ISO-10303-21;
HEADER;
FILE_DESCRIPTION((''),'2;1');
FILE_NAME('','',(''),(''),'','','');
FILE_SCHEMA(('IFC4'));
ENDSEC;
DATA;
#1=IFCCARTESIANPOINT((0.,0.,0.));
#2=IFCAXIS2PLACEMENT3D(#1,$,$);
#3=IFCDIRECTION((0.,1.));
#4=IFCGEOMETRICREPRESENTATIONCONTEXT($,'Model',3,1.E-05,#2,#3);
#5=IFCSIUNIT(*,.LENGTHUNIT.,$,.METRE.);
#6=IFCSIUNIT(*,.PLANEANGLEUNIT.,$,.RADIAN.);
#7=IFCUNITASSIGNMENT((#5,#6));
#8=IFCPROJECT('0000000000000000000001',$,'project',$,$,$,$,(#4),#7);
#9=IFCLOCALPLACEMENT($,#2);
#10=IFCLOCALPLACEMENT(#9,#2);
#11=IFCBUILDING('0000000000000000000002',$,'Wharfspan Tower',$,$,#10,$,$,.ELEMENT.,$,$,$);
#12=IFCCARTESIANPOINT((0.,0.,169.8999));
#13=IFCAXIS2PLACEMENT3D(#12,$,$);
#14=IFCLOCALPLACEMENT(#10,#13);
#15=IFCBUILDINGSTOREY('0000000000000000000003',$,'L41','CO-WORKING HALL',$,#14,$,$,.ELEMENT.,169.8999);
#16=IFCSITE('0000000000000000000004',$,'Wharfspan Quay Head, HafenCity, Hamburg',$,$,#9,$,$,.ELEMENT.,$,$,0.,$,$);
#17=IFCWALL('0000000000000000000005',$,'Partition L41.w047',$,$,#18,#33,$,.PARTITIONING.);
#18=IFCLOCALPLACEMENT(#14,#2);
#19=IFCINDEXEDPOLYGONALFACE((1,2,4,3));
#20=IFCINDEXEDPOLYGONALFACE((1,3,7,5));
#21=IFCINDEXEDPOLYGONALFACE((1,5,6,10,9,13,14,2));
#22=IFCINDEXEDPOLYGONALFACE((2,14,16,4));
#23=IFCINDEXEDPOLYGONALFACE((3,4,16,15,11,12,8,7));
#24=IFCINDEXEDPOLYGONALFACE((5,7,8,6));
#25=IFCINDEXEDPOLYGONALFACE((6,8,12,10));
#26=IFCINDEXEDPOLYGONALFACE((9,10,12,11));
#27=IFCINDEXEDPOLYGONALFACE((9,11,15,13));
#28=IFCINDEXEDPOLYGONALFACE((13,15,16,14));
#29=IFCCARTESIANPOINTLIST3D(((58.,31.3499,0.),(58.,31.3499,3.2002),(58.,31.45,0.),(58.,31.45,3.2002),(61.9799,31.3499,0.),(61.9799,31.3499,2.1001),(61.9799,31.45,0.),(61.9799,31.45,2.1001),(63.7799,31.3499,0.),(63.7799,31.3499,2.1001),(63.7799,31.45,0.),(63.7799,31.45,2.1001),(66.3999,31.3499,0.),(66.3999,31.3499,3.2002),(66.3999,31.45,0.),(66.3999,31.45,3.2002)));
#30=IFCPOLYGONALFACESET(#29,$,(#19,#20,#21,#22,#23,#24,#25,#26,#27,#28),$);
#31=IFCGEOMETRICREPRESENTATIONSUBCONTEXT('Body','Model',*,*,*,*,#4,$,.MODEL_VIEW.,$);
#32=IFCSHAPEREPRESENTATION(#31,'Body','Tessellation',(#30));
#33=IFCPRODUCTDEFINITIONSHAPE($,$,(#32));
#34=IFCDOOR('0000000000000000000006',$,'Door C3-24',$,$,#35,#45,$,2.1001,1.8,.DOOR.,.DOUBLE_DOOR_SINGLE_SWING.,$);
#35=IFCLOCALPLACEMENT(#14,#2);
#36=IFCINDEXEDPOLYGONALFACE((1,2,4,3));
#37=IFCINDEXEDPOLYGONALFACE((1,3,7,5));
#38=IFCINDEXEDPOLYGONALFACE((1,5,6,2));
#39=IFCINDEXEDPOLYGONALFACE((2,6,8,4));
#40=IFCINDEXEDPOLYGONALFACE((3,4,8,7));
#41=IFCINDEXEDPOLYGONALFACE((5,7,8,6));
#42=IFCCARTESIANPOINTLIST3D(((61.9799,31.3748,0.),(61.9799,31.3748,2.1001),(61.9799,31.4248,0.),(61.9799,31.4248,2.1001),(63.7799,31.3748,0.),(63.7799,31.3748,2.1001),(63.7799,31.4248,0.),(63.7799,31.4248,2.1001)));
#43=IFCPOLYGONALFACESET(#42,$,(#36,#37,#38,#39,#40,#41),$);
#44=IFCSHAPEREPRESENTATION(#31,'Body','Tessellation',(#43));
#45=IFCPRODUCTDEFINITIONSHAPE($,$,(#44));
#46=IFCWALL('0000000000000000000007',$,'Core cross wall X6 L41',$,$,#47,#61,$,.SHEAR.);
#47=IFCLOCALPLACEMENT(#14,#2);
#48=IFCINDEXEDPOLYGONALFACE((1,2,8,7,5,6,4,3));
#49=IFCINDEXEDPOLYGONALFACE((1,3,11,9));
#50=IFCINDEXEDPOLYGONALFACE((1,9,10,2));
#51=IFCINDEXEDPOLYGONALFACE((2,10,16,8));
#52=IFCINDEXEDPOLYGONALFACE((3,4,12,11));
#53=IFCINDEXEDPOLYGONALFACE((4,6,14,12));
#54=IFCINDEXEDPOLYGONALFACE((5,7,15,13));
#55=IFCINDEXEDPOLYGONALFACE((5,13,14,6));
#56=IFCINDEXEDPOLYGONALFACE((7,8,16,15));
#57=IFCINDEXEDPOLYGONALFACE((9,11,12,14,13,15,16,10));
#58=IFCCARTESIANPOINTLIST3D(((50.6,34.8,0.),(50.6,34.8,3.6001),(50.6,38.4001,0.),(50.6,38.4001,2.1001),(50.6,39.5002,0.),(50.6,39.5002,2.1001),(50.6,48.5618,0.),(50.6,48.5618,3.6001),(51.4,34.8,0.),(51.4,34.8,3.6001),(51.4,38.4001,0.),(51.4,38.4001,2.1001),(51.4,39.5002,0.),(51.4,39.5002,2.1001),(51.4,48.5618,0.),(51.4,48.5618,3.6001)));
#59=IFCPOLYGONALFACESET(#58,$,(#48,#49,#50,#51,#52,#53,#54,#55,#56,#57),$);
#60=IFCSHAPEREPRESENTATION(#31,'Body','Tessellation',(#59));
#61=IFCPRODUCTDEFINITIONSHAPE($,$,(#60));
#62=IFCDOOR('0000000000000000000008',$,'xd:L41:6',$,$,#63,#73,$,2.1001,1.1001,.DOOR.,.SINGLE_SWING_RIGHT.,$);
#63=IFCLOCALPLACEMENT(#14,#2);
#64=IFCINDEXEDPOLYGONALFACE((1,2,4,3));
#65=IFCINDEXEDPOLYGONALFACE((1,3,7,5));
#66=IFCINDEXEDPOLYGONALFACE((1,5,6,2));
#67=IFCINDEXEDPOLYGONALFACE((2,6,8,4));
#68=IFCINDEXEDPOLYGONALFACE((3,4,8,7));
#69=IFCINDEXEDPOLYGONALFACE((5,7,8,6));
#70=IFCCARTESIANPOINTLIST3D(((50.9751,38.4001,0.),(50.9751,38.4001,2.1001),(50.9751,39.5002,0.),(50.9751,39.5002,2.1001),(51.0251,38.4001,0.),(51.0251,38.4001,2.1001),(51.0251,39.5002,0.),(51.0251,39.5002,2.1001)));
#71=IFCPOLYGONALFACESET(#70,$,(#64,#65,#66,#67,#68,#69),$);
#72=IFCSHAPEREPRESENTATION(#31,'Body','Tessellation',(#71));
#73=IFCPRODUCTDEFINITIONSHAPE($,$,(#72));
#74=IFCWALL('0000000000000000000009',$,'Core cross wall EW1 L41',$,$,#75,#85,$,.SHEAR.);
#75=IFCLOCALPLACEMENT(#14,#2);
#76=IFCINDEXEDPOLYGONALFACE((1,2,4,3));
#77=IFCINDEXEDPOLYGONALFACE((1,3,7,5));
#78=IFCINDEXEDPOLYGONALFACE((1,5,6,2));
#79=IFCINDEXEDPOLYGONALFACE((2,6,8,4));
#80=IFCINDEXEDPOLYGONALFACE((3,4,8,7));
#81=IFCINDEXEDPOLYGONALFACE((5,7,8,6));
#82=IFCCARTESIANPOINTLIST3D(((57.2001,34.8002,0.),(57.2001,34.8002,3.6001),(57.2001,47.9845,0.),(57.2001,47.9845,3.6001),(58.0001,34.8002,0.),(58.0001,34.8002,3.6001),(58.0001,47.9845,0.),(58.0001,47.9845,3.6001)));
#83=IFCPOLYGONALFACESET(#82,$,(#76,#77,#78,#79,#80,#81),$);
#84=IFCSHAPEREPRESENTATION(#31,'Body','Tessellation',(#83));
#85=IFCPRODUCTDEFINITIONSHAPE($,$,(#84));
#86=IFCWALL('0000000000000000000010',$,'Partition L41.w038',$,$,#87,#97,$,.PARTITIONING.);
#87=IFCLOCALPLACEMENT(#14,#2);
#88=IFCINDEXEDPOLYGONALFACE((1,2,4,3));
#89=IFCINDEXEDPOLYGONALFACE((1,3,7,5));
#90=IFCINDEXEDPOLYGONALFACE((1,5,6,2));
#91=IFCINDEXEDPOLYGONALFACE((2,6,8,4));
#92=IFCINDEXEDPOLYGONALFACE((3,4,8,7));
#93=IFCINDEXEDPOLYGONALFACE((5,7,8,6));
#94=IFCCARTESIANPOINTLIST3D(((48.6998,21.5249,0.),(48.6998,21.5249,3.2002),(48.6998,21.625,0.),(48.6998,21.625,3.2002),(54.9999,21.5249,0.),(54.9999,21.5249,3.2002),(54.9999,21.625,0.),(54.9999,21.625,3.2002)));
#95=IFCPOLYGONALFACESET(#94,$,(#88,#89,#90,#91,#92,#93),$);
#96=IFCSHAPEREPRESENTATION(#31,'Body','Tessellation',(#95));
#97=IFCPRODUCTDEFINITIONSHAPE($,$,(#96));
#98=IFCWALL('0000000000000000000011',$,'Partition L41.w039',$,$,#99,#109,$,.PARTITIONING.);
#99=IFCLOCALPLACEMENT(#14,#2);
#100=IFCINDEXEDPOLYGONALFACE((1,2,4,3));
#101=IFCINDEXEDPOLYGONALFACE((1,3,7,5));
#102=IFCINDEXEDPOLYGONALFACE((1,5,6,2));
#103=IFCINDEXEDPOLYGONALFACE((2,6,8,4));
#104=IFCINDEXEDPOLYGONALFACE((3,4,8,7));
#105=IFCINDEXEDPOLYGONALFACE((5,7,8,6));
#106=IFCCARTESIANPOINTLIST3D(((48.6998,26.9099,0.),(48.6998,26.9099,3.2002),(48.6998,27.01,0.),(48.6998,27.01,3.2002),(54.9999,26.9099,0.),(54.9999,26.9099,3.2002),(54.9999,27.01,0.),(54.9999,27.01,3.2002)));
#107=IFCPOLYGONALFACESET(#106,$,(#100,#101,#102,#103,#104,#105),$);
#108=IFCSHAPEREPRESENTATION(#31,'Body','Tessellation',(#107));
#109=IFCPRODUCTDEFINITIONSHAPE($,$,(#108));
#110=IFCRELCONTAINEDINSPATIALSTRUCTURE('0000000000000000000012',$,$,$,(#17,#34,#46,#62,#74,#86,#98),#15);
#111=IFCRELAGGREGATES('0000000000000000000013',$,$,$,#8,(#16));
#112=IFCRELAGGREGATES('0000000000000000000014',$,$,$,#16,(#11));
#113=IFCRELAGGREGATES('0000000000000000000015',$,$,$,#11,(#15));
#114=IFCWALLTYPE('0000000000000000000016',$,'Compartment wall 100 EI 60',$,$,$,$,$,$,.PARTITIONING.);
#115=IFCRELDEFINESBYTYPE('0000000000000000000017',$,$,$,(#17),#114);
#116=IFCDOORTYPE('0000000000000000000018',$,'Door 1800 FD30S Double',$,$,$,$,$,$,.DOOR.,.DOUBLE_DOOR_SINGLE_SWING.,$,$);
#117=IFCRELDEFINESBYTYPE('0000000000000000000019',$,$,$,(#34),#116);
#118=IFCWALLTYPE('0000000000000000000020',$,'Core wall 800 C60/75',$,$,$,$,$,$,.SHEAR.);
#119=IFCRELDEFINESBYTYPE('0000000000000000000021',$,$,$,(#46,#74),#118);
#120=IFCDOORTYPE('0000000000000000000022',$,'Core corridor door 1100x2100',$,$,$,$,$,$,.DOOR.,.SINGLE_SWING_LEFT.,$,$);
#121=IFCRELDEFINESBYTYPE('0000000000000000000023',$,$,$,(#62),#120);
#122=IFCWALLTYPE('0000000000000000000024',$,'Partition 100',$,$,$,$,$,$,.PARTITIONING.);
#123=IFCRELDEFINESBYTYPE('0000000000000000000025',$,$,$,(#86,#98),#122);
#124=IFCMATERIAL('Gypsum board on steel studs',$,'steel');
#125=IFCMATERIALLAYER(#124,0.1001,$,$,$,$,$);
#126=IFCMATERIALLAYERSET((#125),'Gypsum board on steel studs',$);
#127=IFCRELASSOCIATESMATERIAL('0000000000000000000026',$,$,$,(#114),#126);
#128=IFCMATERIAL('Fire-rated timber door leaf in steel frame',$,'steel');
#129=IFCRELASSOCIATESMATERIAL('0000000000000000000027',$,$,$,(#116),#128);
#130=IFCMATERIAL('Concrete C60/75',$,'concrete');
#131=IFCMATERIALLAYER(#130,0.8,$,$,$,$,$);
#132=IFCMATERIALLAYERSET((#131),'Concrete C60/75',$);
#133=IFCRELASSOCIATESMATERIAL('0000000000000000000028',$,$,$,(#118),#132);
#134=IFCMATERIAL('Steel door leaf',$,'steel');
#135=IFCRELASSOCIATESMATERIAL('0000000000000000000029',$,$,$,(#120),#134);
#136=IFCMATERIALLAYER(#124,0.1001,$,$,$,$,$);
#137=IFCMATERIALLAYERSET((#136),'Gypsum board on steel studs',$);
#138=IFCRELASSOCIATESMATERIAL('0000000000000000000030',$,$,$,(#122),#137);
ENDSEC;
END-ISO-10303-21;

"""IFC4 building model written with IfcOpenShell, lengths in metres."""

from ifc_helpers import new_model, si_unit, direction, frame, frame_2d, origin, place, context, subcontext, project, spatial, rectangle, extrude, material, layer, layer_set, type_object, element, fill, save


model = new_model("IFC4")

# Units and contexts
model_context = context("Model", 3, precision=1e-05, world=origin(), true_north=direction((0.0, 1.0)))
body_context = subcontext(model_context, "Body", "Model", "MODEL_VIEW")
ifc_project = project(units=[si_unit("LENGTHUNIT", "METRE"), si_unit("PLANEANGLEUNIT", "RADIAN")], contexts=[model_context])

# Site, building, storey
site_placement = place(None, origin())
site = spatial("IfcSite", under=ifc_project, at=site_placement, Name="Wharfspan Quay Head, HafenCity, Hamburg", CompositionType="ELEMENT", RefElevation=0.0)
building_placement = place(site_placement, origin())
building = spatial("IfcBuilding", under=site, at=building_placement, Name="Wharfspan Tower", CompositionType="ELEMENT")
storey_placement = place(building_placement, frame((0.0, 0.0, 169.8999)))
storey = spatial("IfcBuildingStorey", under=building, at=storey_placement, Name="L41", Description="CO-WORKING HALL", CompositionType="ELEMENT", Elevation=169.8999)

# Shared definitions
ifc_material_1 = material(Name="Gypsum board on steel studs", Category="steel")
ifc_layer_1 = layer(ifc_material_1, 0.1001)
ifc_layer_set_1 = layer_set([ifc_layer_1], Name="Gypsum board on steel studs")
wall_type_1 = type_object("IfcWallType", Name="Compartment wall 100 EI 60", PredefinedType="PARTITIONING", material=ifc_layer_set_1)
ifc_material_2 = material(Name="Fire-rated timber door leaf in steel frame", Category="steel")

# Walls, openings, doors
wall_1_placement = place(storey_placement, frame((58.0, 31.3999, 0.0), z_axis=(0.0, 0.0, 1.0), x_axis=(1.0, 0.0, 0.0)))
wall_1 = element("IfcWall", 1, at=wall_1_placement, inside=storey, type_object=wall_type_1, Name="Partition L41.w047", PredefinedType="PARTITIONING", context=body_context, shape_type="SweptSolid", body=[
    extrude(rectangle(XDim=8.3999, YDim=0.1001, at=frame_2d((4.2, 0.0))), origin(), (0.0, 0.0, 1.0), 3.2002),
])
opening_1_placement = place(wall_1_placement, frame((3.98, 0.0, 0.0)))
opening_1 = element("IfcOpeningElement", 2, at=opening_1_placement, cuts=wall_1, PredefinedType="OPENING", context=body_context, shape_type="SweptSolid", body=[
    extrude(rectangle(XDim=1.8, YDim=2.1001, at=frame_2d((0.8999, 1.05))), frame((0.0, 0.0601, 0.0), z_axis=(0.0, -1.0, 0.0), x_axis=(1.0, 0.0, 0.0)), (0.0, 0.0, 1.0), 0.1201),
])
door_type_1 = type_object("IfcDoorType", Name="Door 1800 FD30S Double", OperationType="DOUBLE_DOOR_SINGLE_SWING", PredefinedType="DOOR", material=ifc_material_2)
door_1_placement = place(opening_1_placement, origin())
door_1 = element("IfcDoor", 3, at=door_1_placement, inside=storey, type_object=door_type_1, Name="Door C3-24", OperationType="DOUBLE_DOOR_SINGLE_SWING", OverallHeight=2.1001, OverallWidth=1.8, PredefinedType="DOOR", context=body_context, shape_type="SweptSolid", body=[
    extrude(rectangle(XDim=1.8, YDim=2.1001, at=frame_2d((0.8999, 1.05))), frame((0.0, 0.0249, 0.0), z_axis=(0.0, -1.0, 0.0), x_axis=(1.0, 0.0, 0.0)), (0.0, 0.0, 1.0), 0.05),
])
fill(opening_1, door_1)
ifc_material_3 = material(Name="Concrete C60/75", Category="concrete")
ifc_layer_2 = layer(ifc_material_3, 0.8)
ifc_layer_set_2 = layer_set([ifc_layer_2], Name="Concrete C60/75")
wall_type_2 = type_object("IfcWallType", Name="Core wall 800 C60/75", PredefinedType="SHEAR", material=ifc_layer_set_2)
wall_2_placement = place(storey_placement, frame((51.0, 34.8, 0.0), z_axis=(0.0, 0.0, 1.0), x_axis=(0.0, 1.0, 0.0)))
wall_2 = element("IfcWall", 4, at=wall_2_placement, inside=storey, type_object=wall_type_2, Name="Core cross wall X6 L41", PredefinedType="SHEAR", context=body_context, shape_type="SweptSolid", body=[
    extrude(rectangle(XDim=13.7617, YDim=0.8, at=frame_2d((6.8809, 0.0))), origin(), (0.0, 0.0, 1.0), 3.6001),
])
opening_2_placement = place(wall_2_placement, frame((3.6001, 0.0, 0.0)))
opening_2 = element("IfcOpeningElement", 5, at=opening_2_placement, cuts=wall_2, PredefinedType="OPENING", context=body_context, shape_type="SweptSolid", body=[
    extrude(rectangle(XDim=1.1001, YDim=2.1001, at=frame_2d((0.55, 1.05))), frame((0.0, 0.4099, 0.0), z_axis=(0.0, -1.0, 0.0), x_axis=(1.0, 0.0, 0.0)), (0.0, 0.0, 1.0), 0.8201),
])
ifc_material_4 = material(Name="Steel door leaf", Category="steel")
door_type_2 = type_object("IfcDoorType", Name="Core corridor door 1100x2100", OperationType="SINGLE_SWING_LEFT", PredefinedType="DOOR", material=ifc_material_4)
door_2_placement = place(opening_2_placement, origin())
door_2 = element("IfcDoor", 6, at=door_2_placement, inside=storey, type_object=door_type_2, Name="xd:L41:6", OperationType="SINGLE_SWING_RIGHT", OverallHeight=2.1001, OverallWidth=1.1001, PredefinedType="DOOR", context=body_context, shape_type="SweptSolid", body=[
    extrude(rectangle(XDim=1.1001, YDim=2.1001, at=frame_2d((0.55, 1.05))), frame((0.0, 0.0249, 0.0), z_axis=(0.0, -1.0, 0.0), x_axis=(1.0, 0.0, 0.0)), (0.0, 0.0, 1.0), 0.05),
])
fill(opening_2, door_2)

# Walls
wall_3_placement = place(storey_placement, frame((57.6001, 34.8, 0.0), z_axis=(0.0, 0.0, 1.0), x_axis=(0.0, 1.0, 0.0)))
element("IfcWall", 7, at=wall_3_placement, inside=storey, type_object=wall_type_2, Name="Core cross wall EW1 L41", PredefinedType="SHEAR", context=body_context, shape_type="SweptSolid", body=[
    extrude(rectangle(XDim=13.1843, YDim=0.8, at=frame_2d((6.5923, 0.0))), origin(), (0.0, 0.0, 1.0), 3.6001),
])
ifc_layer_3 = layer(ifc_material_1, 0.1001)
ifc_layer_set_3 = layer_set([ifc_layer_3], Name="Gypsum board on steel studs")
wall_type_3 = type_object("IfcWallType", Name="Partition 100", PredefinedType="PARTITIONING", material=ifc_layer_set_3)
for number, where, z_axis, x_axis, name in (
    (8, (48.7, 21.575, 0.0), (0.0, 0.0, 1.0), (1.0, 0.0, 0.0), "Partition L41.w038"),
    (9, (48.7, 26.96, 0.0), (0.0, 0.0, 1.0), (1.0, 0.0, 0.0), "Partition L41.w039"),
):
    element("IfcWall", number, at=place(storey_placement, frame(where, z_axis=z_axis, x_axis=x_axis)), inside=storey, type_object=wall_type_3, Name=name, PredefinedType="PARTITIONING", context=body_context, shape_type="SweptSolid", body=[
        extrude(rectangle(XDim=6.3, YDim=0.1001, at=frame_2d((3.1499, 0.0))), origin(), (0.0, 0.0, 1.0), 3.2002),
    ])

save(model, "model.ifc")
